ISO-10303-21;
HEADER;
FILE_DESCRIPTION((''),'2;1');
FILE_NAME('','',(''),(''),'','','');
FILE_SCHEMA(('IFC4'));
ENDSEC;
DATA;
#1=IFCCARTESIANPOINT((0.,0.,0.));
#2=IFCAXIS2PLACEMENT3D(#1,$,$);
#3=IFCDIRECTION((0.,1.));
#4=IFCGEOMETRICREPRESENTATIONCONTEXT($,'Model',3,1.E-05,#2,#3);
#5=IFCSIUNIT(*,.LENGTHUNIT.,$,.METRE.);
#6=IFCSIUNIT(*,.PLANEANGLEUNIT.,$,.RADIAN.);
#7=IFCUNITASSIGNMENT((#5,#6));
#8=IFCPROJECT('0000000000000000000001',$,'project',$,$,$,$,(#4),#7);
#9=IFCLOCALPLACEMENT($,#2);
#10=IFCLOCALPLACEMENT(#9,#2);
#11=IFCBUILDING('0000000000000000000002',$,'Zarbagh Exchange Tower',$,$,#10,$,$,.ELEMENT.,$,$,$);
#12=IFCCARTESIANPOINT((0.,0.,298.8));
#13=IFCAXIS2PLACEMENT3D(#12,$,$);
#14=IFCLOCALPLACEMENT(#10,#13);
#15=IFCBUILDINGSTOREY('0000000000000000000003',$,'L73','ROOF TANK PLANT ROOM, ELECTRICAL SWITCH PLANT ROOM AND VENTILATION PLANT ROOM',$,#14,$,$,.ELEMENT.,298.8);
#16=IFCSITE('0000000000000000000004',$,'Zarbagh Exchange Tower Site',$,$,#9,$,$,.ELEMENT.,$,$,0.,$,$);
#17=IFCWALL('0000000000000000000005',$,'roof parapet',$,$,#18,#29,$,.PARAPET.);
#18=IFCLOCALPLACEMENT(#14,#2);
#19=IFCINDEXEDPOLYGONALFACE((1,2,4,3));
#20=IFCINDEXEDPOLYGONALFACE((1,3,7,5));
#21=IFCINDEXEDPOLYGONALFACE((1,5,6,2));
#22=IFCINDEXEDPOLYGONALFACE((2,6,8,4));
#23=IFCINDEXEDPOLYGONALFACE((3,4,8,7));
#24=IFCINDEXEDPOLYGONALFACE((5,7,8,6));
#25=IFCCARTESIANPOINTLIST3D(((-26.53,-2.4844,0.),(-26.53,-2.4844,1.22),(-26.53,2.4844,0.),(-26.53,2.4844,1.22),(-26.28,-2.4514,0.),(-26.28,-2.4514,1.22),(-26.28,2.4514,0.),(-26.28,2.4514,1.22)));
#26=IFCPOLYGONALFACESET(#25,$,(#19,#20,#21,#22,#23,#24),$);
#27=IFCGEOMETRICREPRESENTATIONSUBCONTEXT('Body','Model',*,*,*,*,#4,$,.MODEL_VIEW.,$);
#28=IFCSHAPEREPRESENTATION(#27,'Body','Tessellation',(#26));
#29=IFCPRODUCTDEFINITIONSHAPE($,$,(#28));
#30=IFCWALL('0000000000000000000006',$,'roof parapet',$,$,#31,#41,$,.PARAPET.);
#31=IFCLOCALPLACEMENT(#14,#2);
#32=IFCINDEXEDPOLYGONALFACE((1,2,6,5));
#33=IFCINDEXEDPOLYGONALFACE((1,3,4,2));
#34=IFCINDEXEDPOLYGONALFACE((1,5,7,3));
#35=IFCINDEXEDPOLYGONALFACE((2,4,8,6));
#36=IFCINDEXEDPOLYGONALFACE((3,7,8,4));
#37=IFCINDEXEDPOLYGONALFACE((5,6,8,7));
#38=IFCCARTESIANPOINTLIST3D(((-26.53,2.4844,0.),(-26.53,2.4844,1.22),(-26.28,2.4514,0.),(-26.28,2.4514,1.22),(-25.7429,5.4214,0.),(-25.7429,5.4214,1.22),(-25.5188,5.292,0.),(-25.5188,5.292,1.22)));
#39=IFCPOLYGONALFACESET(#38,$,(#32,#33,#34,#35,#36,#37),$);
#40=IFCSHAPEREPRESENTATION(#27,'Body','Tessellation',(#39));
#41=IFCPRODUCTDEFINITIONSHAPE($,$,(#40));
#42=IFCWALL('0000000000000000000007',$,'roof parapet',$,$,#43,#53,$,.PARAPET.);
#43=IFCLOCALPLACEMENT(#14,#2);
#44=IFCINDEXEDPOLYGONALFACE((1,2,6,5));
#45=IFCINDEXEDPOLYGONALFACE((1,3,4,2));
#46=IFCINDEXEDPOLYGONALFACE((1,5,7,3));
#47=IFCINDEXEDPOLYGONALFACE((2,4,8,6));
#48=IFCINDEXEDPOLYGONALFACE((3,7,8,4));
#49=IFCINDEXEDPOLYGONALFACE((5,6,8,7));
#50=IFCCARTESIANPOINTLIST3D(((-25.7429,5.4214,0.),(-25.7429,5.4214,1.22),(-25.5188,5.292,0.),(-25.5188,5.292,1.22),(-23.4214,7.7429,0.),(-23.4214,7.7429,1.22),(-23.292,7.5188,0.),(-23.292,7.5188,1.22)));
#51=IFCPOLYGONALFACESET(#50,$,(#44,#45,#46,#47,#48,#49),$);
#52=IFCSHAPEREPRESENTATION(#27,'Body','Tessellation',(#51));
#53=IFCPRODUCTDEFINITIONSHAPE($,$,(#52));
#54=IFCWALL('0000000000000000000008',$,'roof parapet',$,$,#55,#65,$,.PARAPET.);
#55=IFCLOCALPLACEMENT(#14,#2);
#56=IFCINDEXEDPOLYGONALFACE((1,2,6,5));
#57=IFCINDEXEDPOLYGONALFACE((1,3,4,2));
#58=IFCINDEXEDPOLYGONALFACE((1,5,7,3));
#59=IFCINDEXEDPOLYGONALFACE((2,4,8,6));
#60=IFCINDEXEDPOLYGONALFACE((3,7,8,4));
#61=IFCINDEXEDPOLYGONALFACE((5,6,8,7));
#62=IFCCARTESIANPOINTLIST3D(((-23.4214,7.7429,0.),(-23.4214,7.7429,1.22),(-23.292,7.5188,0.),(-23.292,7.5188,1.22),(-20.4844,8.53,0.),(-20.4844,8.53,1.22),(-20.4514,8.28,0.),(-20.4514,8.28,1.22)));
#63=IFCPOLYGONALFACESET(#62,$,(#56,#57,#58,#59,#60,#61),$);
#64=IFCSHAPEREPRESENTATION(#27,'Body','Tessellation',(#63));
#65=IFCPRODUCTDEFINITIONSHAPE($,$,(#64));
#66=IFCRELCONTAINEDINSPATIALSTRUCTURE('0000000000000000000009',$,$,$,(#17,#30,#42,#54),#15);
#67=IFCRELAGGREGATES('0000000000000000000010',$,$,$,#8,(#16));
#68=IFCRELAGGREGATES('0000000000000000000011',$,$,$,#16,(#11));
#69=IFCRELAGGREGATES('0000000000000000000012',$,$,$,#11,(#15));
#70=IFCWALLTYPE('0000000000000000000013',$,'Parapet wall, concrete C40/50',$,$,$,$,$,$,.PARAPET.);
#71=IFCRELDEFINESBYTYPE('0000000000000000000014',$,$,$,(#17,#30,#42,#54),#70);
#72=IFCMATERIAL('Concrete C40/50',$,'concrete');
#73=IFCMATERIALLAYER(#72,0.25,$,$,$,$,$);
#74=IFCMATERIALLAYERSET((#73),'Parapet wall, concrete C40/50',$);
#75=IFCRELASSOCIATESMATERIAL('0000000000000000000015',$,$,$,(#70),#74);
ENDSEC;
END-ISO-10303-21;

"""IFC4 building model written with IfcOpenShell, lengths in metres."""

from ifc_helpers import new_model, si_unit, direction, frame, origin, place, context, subcontext, project, spatial, polyline, outline, extrude, material, layer, layer_set, type_object, element, save


model = new_model("IFC4")

# Units and contexts
model_context = context("Model", 3, precision=1e-05, world=origin(), true_north=direction((0.0, 1.0)))
body_context = subcontext(model_context, "Body", "Model", "MODEL_VIEW")
ifc_project = project(units=[si_unit("LENGTHUNIT", "METRE"), si_unit("PLANEANGLEUNIT", "RADIAN")], contexts=[model_context])

# Site, building, storey
site_placement = place(None, origin())
site = spatial("IfcSite", under=ifc_project, at=site_placement, Name="Zarbagh Exchange Tower Site", CompositionType="ELEMENT", RefElevation=0.0)
building_placement = place(site_placement, origin())
building = spatial("IfcBuilding", under=site, at=building_placement, Name="Zarbagh Exchange Tower", CompositionType="ELEMENT")
storey_placement = place(building_placement, frame((0.0, 0.0, 298.8)))
storey = spatial("IfcBuildingStorey", under=building, at=storey_placement, Name="L73", Description="ROOF TANK PLANT ROOM, ELECTRICAL SWITCH PLANT ROOM AND VENTILATION PLANT ROOM", CompositionType="ELEMENT", Elevation=298.8)

# Walls
ifc_material_1 = material(Name="Concrete C40/50", Category="concrete")
ifc_layer_1 = layer(ifc_material_1, 0.25)
ifc_layer_set_1 = layer_set([ifc_layer_1], Name="Parapet wall, concrete C40/50")
wall_type = type_object("IfcWallType", Name="Parapet wall, concrete C40/50", PredefinedType="PARAPET", material=ifc_layer_set_1)
wall_1_placement = place(storey_placement, origin())
element("IfcWall", 1, at=wall_1_placement, inside=storey, type_object=wall_type, Name="roof parapet", PredefinedType="PARAPET", context=body_context, shape_type="SweptSolid", body=[
    extrude(outline(polyline([(-26.53, -2.4844), (-26.53, 2.4844), (-26.28, 2.4514), (-26.28, -2.4514), (-26.53, -2.4844)])), origin(), (0.0, 0.0, 1.0), 1.22),
])
wall_2_placement = place(storey_placement, origin())
element("IfcWall", 2, at=wall_2_placement, inside=storey, type_object=wall_type, Name="roof parapet", PredefinedType="PARAPET", context=body_context, shape_type="SweptSolid", body=[
    extrude(outline(polyline([(-26.53, 2.4844), (-25.7429, 5.4214), (-25.5188, 5.292), (-26.28, 2.4514), (-26.53, 2.4844)])), origin(), (0.0, 0.0, 1.0), 1.22),
])
wall_3_placement = place(storey_placement, origin())
element("IfcWall", 3, at=wall_3_placement, inside=storey, type_object=wall_type, Name="roof parapet", PredefinedType="PARAPET", context=body_context, shape_type="SweptSolid", body=[
    extrude(outline(polyline([(-25.7429, 5.4214), (-23.4214, 7.7429), (-23.292, 7.5188), (-25.5188, 5.292), (-25.7429, 5.4214)])), origin(), (0.0, 0.0, 1.0), 1.22),
])
wall_4_placement = place(storey_placement, origin())
element("IfcWall", 4, at=wall_4_placement, inside=storey, type_object=wall_type, Name="roof parapet", PredefinedType="PARAPET", context=body_context, shape_type="SweptSolid", body=[
    extrude(outline(polyline([(-23.4214, 7.7429), (-20.4844, 8.53), (-20.4514, 8.28), (-23.292, 7.5188), (-23.4214, 7.7429)])), origin(), (0.0, 0.0, 1.0), 1.22),
])

save(model, "model.ifc")
